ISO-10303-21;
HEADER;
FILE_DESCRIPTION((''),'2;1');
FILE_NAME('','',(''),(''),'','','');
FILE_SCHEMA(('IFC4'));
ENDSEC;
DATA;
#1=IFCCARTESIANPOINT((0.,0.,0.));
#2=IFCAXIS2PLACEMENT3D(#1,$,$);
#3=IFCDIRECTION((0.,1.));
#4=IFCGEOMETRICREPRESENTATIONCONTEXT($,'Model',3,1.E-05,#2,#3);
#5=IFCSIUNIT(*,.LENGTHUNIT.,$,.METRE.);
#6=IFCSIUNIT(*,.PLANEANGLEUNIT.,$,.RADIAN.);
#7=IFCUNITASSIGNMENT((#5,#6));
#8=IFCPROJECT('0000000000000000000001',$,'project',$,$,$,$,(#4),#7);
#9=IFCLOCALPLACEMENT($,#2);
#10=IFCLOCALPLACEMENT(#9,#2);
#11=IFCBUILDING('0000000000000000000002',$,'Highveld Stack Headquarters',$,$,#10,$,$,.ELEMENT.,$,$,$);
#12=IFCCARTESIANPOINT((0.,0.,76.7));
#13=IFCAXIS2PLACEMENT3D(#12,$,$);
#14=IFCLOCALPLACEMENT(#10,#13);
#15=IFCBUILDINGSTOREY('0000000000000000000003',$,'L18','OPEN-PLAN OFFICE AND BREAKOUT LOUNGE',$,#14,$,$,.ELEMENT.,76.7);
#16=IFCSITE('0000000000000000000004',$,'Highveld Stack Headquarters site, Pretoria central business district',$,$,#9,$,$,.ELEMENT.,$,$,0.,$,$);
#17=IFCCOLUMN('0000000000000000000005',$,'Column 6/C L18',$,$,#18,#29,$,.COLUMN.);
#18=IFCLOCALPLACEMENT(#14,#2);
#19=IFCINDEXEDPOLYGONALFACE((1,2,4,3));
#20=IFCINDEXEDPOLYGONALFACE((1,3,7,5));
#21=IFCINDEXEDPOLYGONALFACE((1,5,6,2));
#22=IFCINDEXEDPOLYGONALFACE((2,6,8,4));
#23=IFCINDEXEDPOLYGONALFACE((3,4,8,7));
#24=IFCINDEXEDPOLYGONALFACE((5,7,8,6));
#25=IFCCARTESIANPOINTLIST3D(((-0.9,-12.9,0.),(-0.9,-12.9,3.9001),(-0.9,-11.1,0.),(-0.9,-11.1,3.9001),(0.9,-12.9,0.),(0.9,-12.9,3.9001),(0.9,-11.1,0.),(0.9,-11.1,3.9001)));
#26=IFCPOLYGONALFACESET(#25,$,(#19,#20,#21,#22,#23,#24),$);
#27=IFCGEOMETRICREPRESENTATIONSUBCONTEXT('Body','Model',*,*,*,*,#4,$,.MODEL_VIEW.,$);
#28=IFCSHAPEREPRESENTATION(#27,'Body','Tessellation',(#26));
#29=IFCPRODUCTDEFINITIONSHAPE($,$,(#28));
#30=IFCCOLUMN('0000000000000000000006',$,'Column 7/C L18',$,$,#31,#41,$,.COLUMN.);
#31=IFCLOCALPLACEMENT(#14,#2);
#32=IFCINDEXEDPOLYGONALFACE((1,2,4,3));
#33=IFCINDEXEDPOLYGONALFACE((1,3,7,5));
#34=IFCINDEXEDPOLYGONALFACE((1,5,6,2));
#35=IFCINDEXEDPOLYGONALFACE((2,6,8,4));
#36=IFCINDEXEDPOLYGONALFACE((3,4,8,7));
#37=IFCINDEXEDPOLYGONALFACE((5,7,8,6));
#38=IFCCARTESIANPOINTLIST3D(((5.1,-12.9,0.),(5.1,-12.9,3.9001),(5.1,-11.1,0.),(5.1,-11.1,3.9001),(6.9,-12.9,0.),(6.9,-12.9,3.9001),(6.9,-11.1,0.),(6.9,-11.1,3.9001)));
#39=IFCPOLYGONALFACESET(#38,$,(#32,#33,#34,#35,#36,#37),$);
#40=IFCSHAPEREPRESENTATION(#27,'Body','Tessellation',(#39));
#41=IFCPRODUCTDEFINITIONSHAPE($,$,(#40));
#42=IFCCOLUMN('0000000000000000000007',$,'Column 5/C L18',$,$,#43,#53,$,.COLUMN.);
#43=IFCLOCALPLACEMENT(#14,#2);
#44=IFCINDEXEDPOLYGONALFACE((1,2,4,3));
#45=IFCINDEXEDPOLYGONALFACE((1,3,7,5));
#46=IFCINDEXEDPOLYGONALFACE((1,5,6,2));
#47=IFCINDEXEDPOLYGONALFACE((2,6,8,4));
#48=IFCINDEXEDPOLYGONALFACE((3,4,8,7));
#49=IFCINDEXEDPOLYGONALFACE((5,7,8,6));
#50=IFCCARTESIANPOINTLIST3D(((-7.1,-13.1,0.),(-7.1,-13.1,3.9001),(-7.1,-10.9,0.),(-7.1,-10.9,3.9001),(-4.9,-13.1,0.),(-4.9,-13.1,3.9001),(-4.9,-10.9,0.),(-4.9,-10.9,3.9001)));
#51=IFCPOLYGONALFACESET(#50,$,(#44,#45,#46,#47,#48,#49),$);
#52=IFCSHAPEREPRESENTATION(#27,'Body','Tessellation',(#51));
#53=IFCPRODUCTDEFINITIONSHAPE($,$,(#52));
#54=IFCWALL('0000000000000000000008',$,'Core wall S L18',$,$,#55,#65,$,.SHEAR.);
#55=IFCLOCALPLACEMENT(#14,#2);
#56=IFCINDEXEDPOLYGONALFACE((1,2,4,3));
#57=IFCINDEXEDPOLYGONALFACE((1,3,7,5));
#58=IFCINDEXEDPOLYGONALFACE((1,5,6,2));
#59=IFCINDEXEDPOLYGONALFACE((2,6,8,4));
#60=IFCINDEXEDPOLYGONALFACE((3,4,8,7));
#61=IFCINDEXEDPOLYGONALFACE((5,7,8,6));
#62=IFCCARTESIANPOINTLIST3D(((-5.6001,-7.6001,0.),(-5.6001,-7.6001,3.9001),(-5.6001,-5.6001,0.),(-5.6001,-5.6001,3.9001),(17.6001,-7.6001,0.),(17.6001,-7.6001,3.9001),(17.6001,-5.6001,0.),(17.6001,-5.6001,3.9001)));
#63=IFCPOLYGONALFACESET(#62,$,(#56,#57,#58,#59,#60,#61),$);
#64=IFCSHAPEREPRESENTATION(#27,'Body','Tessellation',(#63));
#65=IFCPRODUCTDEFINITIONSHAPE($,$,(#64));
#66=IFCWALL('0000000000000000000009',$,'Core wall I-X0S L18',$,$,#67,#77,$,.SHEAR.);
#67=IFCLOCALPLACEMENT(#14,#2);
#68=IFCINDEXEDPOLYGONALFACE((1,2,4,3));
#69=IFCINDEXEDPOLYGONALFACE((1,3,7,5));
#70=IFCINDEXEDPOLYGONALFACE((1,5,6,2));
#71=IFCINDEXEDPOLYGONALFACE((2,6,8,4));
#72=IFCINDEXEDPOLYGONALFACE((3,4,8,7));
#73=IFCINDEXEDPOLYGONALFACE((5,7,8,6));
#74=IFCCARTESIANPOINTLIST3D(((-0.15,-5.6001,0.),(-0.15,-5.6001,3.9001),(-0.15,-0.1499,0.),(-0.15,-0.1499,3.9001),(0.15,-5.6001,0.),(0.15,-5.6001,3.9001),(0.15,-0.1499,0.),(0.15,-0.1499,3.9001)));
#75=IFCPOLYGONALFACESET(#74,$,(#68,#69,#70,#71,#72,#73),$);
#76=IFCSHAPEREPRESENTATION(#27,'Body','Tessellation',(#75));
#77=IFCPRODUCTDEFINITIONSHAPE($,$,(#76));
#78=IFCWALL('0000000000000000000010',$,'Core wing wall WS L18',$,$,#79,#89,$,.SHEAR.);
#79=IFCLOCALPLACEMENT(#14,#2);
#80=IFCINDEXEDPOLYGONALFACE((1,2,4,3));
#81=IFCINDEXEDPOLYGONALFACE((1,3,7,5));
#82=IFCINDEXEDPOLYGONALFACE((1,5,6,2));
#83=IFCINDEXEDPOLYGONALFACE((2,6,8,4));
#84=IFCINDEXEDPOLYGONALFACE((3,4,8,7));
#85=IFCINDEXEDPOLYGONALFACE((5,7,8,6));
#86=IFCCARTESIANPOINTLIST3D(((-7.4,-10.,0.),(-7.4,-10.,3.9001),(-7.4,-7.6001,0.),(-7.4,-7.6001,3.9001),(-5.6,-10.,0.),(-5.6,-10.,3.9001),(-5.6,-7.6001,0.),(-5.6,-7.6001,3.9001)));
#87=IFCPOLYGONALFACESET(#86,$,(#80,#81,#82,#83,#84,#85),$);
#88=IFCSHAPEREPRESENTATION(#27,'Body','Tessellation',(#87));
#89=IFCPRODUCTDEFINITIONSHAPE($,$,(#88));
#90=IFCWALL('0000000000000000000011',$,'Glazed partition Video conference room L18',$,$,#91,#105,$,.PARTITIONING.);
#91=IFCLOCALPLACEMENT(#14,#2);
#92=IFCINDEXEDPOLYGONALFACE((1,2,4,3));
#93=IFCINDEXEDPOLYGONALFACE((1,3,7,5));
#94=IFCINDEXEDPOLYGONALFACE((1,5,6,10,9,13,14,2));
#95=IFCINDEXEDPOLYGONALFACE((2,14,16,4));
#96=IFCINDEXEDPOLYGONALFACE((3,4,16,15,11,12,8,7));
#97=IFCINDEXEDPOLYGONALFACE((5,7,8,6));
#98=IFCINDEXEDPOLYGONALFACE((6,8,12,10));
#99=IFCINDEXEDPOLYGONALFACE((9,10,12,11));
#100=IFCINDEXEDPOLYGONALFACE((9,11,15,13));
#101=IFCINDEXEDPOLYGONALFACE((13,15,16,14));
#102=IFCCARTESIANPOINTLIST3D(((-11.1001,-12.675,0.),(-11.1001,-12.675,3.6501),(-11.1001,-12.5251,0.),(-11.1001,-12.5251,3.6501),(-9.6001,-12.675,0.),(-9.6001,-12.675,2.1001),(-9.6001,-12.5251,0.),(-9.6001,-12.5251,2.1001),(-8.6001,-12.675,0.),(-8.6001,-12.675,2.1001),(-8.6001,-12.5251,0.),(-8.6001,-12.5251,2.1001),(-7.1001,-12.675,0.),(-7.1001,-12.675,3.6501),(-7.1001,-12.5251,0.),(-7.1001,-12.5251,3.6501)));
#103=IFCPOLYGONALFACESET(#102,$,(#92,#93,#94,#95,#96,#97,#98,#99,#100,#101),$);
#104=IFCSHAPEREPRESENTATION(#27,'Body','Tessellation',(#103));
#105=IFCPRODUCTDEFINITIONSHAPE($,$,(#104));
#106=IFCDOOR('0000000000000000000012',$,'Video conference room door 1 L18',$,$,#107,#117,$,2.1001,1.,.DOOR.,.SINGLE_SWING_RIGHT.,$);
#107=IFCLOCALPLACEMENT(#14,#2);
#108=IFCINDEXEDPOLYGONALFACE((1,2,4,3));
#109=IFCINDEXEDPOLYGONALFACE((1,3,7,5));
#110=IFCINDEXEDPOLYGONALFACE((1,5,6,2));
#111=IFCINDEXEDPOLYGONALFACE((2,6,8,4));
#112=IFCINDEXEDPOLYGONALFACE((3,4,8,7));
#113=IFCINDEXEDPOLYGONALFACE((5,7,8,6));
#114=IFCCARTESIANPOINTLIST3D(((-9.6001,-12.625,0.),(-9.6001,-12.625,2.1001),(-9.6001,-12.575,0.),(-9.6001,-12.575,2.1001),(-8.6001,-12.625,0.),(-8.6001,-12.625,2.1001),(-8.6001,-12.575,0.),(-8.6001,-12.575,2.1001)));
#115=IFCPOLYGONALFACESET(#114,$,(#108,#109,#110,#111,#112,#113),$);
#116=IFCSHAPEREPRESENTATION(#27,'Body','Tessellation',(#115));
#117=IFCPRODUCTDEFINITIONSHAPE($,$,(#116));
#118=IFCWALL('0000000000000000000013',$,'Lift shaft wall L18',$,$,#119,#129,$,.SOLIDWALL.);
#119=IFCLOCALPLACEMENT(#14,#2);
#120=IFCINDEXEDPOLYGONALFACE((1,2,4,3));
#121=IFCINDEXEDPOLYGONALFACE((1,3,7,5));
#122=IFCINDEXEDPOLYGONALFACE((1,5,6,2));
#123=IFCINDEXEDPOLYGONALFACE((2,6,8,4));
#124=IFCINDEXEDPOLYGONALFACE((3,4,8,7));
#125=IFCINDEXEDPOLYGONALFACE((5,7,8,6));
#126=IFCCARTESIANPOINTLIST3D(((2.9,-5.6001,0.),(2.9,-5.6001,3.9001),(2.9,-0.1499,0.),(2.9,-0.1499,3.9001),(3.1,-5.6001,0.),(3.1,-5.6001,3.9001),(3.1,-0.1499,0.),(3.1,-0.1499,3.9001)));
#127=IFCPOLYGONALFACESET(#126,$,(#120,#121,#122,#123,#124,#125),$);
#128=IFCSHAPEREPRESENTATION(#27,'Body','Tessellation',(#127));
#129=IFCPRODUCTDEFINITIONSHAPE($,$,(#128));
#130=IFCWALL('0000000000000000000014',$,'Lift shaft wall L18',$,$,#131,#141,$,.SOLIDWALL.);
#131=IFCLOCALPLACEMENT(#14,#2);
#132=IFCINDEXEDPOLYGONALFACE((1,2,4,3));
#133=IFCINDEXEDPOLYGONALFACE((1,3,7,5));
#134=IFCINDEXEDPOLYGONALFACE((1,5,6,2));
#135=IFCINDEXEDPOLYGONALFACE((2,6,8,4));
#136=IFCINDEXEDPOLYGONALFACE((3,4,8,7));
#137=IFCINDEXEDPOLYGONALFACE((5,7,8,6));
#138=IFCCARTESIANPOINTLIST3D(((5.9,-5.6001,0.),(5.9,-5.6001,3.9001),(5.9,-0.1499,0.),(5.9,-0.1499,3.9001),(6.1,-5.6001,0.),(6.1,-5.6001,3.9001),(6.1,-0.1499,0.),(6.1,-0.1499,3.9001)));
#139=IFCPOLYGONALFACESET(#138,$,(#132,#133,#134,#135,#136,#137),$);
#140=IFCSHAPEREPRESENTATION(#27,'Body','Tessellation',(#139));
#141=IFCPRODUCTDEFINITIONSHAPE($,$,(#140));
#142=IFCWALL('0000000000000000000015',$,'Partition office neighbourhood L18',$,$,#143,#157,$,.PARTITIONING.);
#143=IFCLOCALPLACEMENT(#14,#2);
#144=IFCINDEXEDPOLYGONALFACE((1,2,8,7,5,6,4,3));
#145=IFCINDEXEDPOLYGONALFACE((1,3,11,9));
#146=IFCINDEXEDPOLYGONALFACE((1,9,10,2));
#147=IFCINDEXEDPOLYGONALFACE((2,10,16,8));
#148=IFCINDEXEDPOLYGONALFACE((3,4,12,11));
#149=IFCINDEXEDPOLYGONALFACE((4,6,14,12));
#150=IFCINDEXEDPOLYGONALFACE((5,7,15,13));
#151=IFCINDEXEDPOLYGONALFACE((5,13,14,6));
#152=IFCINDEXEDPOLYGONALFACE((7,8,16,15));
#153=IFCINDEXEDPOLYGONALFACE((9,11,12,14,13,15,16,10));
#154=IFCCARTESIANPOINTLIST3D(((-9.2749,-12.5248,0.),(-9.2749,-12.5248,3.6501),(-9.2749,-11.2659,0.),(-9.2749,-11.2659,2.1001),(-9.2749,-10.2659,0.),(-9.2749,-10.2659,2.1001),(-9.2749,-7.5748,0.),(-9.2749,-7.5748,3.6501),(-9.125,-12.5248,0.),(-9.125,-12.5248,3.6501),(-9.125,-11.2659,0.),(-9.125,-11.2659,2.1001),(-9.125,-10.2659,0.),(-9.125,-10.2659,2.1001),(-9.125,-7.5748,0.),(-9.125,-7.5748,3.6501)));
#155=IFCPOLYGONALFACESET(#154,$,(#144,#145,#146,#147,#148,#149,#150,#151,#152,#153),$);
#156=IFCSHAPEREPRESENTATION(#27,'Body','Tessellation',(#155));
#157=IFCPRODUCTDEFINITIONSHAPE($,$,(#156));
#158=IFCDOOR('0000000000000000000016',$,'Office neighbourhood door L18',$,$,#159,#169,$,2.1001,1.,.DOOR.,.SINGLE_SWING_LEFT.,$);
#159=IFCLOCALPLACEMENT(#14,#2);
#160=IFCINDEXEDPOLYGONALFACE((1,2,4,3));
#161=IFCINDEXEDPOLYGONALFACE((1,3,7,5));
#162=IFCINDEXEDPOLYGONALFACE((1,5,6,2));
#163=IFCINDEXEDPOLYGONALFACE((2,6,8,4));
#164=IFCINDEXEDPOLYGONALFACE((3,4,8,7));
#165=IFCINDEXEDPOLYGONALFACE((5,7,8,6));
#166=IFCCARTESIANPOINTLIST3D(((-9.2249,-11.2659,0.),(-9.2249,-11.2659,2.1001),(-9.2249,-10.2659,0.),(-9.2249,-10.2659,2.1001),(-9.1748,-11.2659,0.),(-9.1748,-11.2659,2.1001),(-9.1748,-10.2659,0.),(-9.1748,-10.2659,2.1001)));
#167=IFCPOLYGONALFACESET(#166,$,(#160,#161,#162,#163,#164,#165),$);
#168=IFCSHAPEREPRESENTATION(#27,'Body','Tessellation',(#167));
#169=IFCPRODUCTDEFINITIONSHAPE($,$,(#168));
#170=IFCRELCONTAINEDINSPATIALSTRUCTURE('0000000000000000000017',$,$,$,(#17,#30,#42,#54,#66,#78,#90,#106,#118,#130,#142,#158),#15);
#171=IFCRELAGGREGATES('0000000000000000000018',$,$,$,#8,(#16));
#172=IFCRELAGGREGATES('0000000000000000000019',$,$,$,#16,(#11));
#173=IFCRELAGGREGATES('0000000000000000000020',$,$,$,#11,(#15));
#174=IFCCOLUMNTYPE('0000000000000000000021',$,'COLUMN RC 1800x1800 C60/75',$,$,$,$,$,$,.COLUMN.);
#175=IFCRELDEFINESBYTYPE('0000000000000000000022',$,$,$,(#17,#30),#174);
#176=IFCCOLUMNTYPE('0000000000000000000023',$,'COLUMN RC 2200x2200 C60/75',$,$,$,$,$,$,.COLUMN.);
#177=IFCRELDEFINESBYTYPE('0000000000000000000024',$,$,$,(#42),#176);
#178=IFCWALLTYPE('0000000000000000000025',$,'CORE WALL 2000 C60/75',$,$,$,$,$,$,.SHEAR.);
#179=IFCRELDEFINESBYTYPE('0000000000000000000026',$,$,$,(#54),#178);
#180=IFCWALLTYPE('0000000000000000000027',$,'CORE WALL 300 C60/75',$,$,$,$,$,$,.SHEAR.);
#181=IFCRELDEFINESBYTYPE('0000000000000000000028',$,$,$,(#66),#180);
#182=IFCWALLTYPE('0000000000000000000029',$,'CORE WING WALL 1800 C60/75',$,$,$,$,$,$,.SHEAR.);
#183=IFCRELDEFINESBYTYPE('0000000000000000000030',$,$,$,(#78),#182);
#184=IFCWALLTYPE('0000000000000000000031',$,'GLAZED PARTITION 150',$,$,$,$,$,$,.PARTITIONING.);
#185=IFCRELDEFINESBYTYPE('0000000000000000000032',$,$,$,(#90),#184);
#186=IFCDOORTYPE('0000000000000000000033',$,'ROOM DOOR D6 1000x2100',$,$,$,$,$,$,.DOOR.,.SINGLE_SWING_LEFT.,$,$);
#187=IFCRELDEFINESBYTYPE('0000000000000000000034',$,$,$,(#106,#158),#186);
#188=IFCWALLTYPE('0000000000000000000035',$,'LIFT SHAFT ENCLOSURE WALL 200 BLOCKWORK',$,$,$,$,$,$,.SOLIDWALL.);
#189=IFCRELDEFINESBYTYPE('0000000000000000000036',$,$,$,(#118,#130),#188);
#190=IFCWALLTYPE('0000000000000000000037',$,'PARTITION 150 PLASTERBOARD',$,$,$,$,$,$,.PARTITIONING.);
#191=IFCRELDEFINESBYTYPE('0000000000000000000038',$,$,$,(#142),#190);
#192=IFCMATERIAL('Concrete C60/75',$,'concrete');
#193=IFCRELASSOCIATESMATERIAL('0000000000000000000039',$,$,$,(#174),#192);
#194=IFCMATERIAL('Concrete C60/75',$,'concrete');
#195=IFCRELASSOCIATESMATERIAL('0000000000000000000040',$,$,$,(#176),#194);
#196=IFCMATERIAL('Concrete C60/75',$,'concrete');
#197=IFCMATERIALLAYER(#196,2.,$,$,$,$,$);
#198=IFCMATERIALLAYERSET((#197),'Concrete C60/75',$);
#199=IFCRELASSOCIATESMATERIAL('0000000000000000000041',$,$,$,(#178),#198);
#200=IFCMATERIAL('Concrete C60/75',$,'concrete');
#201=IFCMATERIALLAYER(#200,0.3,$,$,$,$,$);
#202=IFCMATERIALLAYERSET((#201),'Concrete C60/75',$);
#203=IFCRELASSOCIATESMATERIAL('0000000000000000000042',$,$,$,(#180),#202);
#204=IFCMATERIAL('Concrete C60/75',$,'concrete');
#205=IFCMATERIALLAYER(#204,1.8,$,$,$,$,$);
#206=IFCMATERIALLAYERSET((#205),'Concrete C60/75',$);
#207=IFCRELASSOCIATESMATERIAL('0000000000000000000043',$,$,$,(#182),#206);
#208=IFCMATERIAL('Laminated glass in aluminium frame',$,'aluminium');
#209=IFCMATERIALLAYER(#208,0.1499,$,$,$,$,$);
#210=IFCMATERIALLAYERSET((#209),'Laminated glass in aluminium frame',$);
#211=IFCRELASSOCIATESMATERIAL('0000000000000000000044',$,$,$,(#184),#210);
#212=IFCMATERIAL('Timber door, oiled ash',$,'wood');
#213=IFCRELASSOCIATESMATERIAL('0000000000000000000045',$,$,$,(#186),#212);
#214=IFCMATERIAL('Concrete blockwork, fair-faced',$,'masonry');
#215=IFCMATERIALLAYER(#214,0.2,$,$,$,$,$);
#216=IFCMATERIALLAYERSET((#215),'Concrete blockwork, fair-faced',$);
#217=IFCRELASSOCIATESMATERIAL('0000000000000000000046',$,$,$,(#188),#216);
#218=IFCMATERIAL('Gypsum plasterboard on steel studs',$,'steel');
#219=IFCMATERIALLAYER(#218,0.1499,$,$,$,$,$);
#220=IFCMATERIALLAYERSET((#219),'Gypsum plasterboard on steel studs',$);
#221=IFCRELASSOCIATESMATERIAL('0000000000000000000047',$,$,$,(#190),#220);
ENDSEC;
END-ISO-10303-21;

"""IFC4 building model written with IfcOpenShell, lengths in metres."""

from ifc_helpers import new_model, si_unit, direction, frame, frame_2d, origin, origin_2d, place, context, subcontext, project, spatial, rectangle, extrude, material, layer, layer_set, material_profile, profile_set, type_object, element, fill, save


model = new_model("IFC4")

# Units and contexts
model_context = context("Model", 3, precision=1e-05, world=origin(), true_north=direction((0.0, 1.0)))
body_context = subcontext(model_context, "Body", "Model", "MODEL_VIEW")
ifc_project = project(units=[si_unit("LENGTHUNIT", "METRE"), si_unit("PLANEANGLEUNIT", "RADIAN")], contexts=[model_context])

# Site, building, storey
site_placement = place(None, origin())
site = spatial("IfcSite", under=ifc_project, at=site_placement, Name="Highveld Stack Headquarters site, Pretoria central business district", CompositionType="ELEMENT", RefElevation=0.0)
building_placement = place(site_placement, origin())
building = spatial("IfcBuilding", under=site, at=building_placement, Name="Highveld Stack Headquarters", CompositionType="ELEMENT")
storey_placement = place(building_placement, frame((0.0, 0.0, 76.7)))
storey = spatial("IfcBuildingStorey", under=building, at=storey_placement, Name="L18", Description="OPEN-PLAN OFFICE AND BREAKOUT LOUNGE", CompositionType="ELEMENT", Elevation=76.7)

# Columns
ifc_material_1 = material(Name="Concrete C60/75", Category="concrete")
ifc_material_profile_1 = material_profile(ifc_material_1, rectangle(XDim=1.8, YDim=1.8, at=origin_2d()), Name="RC 1800x1800")
ifc_profile_set_1 = profile_set([ifc_material_profile_1], Name="Concrete C60/75")
column_type_1 = type_object("IfcColumnType", Name="COLUMN RC 1800x1800 C60/75", PredefinedType="COLUMN", material=ifc_profile_set_1)
for number, where, z_axis, x_axis, name in (
    (1, (0.0, -12.0, 0.0), (0.0, 0.0, 1.0), (1.0, 0.0, 0.0), "Column 6/C L18"),
    (2, (6.0, -12.0, 0.0), (0.0, 0.0, 1.0), (1.0, 0.0, 0.0), "Column 7/C L18"),
):
    element("IfcColumn", number, at=place(storey_placement, frame(where, z_axis=z_axis, x_axis=x_axis)), inside=storey, type_object=column_type_1, Name=name, PredefinedType="COLUMN", context=body_context, shape_type="SweptSolid", body=[
        extrude(rectangle(XDim=1.8, YDim=1.8, at=origin_2d()), origin(), (0.0, 0.0, 1.0), 3.9001),
    ])
ifc_material_2 = material(Name="Concrete C60/75", Category="concrete")
ifc_material_profile_2 = material_profile(ifc_material_2, rectangle(XDim=2.2, YDim=2.2, at=origin_2d()), Name="RC 2200x2200")
ifc_profile_set_2 = profile_set([ifc_material_profile_2], Name="Concrete C60/75")
column_type_2 = type_object("IfcColumnType", Name="COLUMN RC 2200x2200 C60/75", PredefinedType="COLUMN", material=ifc_profile_set_2)
column_placement = place(storey_placement, frame((-6.0, -12.0, 0.0), z_axis=(0.0, 0.0, 1.0), x_axis=(1.0, 0.0, 0.0)))
element("IfcColumn", 3, at=column_placement, inside=storey, type_object=column_type_2, Name="Column 5/C L18", PredefinedType="COLUMN", context=body_context, shape_type="SweptSolid", body=[
    extrude(rectangle(XDim=2.2, YDim=2.2, at=origin_2d()), origin(), (0.0, 0.0, 1.0), 3.9001),
])

# Walls
ifc_material_3 = material(Name="Concrete C60/75", Category="concrete")
ifc_layer_1 = layer(ifc_material_3, 2.0)
ifc_layer_set_1 = layer_set([ifc_layer_1], Name="Concrete C60/75")
wall_type_1 = type_object("IfcWallType", Name="CORE WALL 2000 C60/75", PredefinedType="SHEAR", material=ifc_layer_set_1)
wall_1_placement = place(storey_placement, frame((-5.6001, -6.6001, 0.0), z_axis=(0.0, 0.0, 1.0), x_axis=(1.0, 0.0, 0.0)))
element("IfcWall", 4, at=wall_1_placement, inside=storey, type_object=wall_type_1, Name="Core wall S L18", PredefinedType="SHEAR", context=body_context, shape_type="SweptSolid", body=[
    extrude(rectangle(XDim=23.2002, YDim=2.0, at=frame_2d((11.6001, 0.0))), origin(), (0.0, 0.0, 1.0), 3.9001),
])
ifc_material_4 = material(Name="Concrete C60/75", Category="concrete")
ifc_layer_2 = layer(ifc_material_4, 0.3)
ifc_layer_set_2 = layer_set([ifc_layer_2], Name="Concrete C60/75")
wall_type_2 = type_object("IfcWallType", Name="CORE WALL 300 C60/75", PredefinedType="SHEAR", material=ifc_layer_set_2)
wall_2_placement = place(storey_placement, frame((0.0, -5.6001, 0.0), z_axis=(0.0, 0.0, 1.0), x_axis=(0.0, 1.0, 0.0)))
element("IfcWall", 5, at=wall_2_placement, inside=storey, type_object=wall_type_2, Name="Core wall I-X0S L18", PredefinedType="SHEAR", context=body_context, shape_type="SweptSolid", body=[
    extrude(rectangle(XDim=5.4502, YDim=0.3, at=frame_2d((2.7251, 0.0))), origin(), (0.0, 0.0, 1.0), 3.9001),
])
ifc_material_5 = material(Name="Concrete C60/75", Category="concrete")
ifc_layer_3 = layer(ifc_material_5, 1.8)
ifc_layer_set_3 = layer_set([ifc_layer_3], Name="Concrete C60/75")
wall_type_3 = type_object("IfcWallType", Name="CORE WING WALL 1800 C60/75", PredefinedType="SHEAR", material=ifc_layer_set_3)
wall_3_placement = place(storey_placement, frame((-6.5, -10.0, 0.0), z_axis=(0.0, 0.0, 1.0), x_axis=(0.0, 1.0, 0.0)))
element("IfcWall", 6, at=wall_3_placement, inside=storey, type_object=wall_type_3, Name="Core wing wall WS L18", PredefinedType="SHEAR", context=body_context, shape_type="SweptSolid", body=[
    extrude(rectangle(XDim=2.3999, YDim=1.8, at=frame_2d((1.2, 0.0))), origin(), (0.0, 0.0, 1.0), 3.9001),
])

# Wall, opening, door
ifc_material_6 = material(Name="Laminated glass in aluminium frame", Category="aluminium")
ifc_layer_4 = layer(ifc_material_6, 0.1499)
ifc_layer_set_4 = layer_set([ifc_layer_4], Name="Laminated glass in aluminium frame")
wall_type_4 = type_object("IfcWallType", Name="GLAZED PARTITION 150", PredefinedType="PARTITIONING", material=ifc_layer_set_4)
wall_4_placement = place(storey_placement, frame((-7.1001, -12.6001, 0.0), z_axis=(0.0, 0.0, 1.0), x_axis=(-1.0, 0.0, 0.0)))
wall_4 = element("IfcWall", 7, at=wall_4_placement, inside=storey, type_object=wall_type_4, Name="Glazed partition Video conference room L18", PredefinedType="PARTITIONING", context=body_context, shape_type="SweptSolid", body=[
    extrude(rectangle(XDim=4.0, YDim=0.1499, at=frame_2d((2.0, 0.0))), origin(), (0.0, 0.0, 1.0), 3.6501),
])
opening_1_placement = place(wall_4_placement, frame((1.5, 0.0, 0.0)))
opening_1 = element("IfcOpeningElement", 8, at=opening_1_placement, cuts=wall_4, PredefinedType="OPENING", context=body_context, shape_type="SweptSolid", body=[
    extrude(rectangle(XDim=1.0, YDim=2.1001, at=frame_2d((0.5, 1.05))), frame((0.0, 0.085, 0.0), z_axis=(0.0, -1.0, 0.0), x_axis=(1.0, 0.0, 0.0)), (0.0, 0.0, 1.0), 0.1699),
])
ifc_material_7 = material(Name="Timber door, oiled ash", Category="wood")
door_type_1 = type_object("IfcDoorType", Name="ROOM DOOR D6 1000x2100", OperationType="SINGLE_SWING_LEFT", PredefinedType="DOOR", material=ifc_material_7)
door_1_placement = place(opening_1_placement, origin())
door_1 = element("IfcDoor", 9, at=door_1_placement, inside=storey, type_object=door_type_1, Name="Video conference room door 1 L18", OperationType="SINGLE_SWING_RIGHT", OverallHeight=2.1001, OverallWidth=1.0, PredefinedType="DOOR", context=body_context, shape_type="SweptSolid", body=[
    extrude(rectangle(XDim=1.0, YDim=2.1001, at=frame_2d((0.5, 1.05))), frame((0.0, 0.0249, 0.0), z_axis=(0.0, -1.0, 0.0), x_axis=(1.0, 0.0, 0.0)), (0.0, 0.0, 1.0), 0.05),
])
fill(opening_1, door_1)

# Walls
ifc_material_8 = material(Name="Concrete blockwork, fair-faced", Category="masonry")
ifc_layer_5 = layer(ifc_material_8, 0.2)
ifc_layer_set_5 = layer_set([ifc_layer_5], Name="Concrete blockwork, fair-faced")
wall_type_5 = type_object("IfcWallType", Name="LIFT SHAFT ENCLOSURE WALL 200 BLOCKWORK", PredefinedType="SOLIDWALL", material=ifc_layer_set_5)
for number, where, z_axis, x_axis, name in (
    (10, (3.0, -5.6001, 0.0), (0.0, 0.0, 1.0), (0.0, 1.0, 0.0), "Lift shaft wall L18"),
    (11, (6.0, -5.6001, 0.0), (0.0, 0.0, 1.0), (0.0, 1.0, 0.0), "Lift shaft wall L18"),
):
    element("IfcWall", number, at=place(storey_placement, frame(where, z_axis=z_axis, x_axis=x_axis)), inside=storey, type_object=wall_type_5, Name=name, PredefinedType="SOLIDWALL", context=body_context, shape_type="SweptSolid", body=[
        extrude(rectangle(XDim=5.4502, YDim=0.2, at=frame_2d((2.7251, 0.0))), origin(), (0.0, 0.0, 1.0), 3.9001),
    ])

# Wall, opening, door
ifc_material_9 = material(Name="Gypsum plasterboard on steel studs", Category="steel")
ifc_layer_6 = layer(ifc_material_9, 0.1499)
ifc_layer_set_6 = layer_set([ifc_layer_6], Name="Gypsum plasterboard on steel studs")
wall_type_6 = type_object("IfcWallType", Name="PARTITION 150 PLASTERBOARD", PredefinedType="PARTITIONING", material=ifc_layer_set_6)
wall_5_placement = place(storey_placement, frame((-9.2, -12.5249, 0.0), z_axis=(0.0, 0.0, 1.0), x_axis=(0.0, 1.0, 0.0)))
wall_5 = element("IfcWall", 12, at=wall_5_placement, inside=storey, type_object=wall_type_6, Name="Partition office neighbourhood L18", PredefinedType="PARTITIONING", context=body_context, shape_type="SweptSolid", body=[
    extrude(rectangle(XDim=4.95, YDim=0.1499, at=frame_2d((2.4751, 0.0))), origin(), (0.0, 0.0, 1.0), 3.6501),
])
opening_2_placement = place(wall_5_placement, frame((1.259, 0.0, 0.0)))
opening_2 = element("IfcOpeningElement", 13, at=opening_2_placement, cuts=wall_5, PredefinedType="OPENING", context=body_context, shape_type="SweptSolid", body=[
    extrude(rectangle(XDim=1.0, YDim=2.1001, at=frame_2d((0.5, 1.05))), frame((0.0, 0.085, 0.0), z_axis=(0.0, -1.0, 0.0), x_axis=(1.0, 0.0, 0.0)), (0.0, 0.0, 1.0), 0.1699),
])
door_2_placement = place(opening_2_placement, origin())
door_2 = element("IfcDoor", 14, at=door_2_placement, inside=storey, type_object=door_type_1, Name="Office neighbourhood door L18", OperationType="SINGLE_SWING_LEFT", OverallHeight=2.1001, OverallWidth=1.0, PredefinedType="DOOR", context=body_context, shape_type="SweptSolid", body=[
    extrude(rectangle(XDim=1.0, YDim=2.1001, at=frame_2d((0.5, 1.05))), frame((0.0, 0.0249, 0.0), z_axis=(0.0, -1.0, 0.0), x_axis=(1.0, 0.0, 0.0)), (0.0, 0.0, 1.0), 0.05),
])
fill(opening_2, door_2)

save(model, "model.ifc")
